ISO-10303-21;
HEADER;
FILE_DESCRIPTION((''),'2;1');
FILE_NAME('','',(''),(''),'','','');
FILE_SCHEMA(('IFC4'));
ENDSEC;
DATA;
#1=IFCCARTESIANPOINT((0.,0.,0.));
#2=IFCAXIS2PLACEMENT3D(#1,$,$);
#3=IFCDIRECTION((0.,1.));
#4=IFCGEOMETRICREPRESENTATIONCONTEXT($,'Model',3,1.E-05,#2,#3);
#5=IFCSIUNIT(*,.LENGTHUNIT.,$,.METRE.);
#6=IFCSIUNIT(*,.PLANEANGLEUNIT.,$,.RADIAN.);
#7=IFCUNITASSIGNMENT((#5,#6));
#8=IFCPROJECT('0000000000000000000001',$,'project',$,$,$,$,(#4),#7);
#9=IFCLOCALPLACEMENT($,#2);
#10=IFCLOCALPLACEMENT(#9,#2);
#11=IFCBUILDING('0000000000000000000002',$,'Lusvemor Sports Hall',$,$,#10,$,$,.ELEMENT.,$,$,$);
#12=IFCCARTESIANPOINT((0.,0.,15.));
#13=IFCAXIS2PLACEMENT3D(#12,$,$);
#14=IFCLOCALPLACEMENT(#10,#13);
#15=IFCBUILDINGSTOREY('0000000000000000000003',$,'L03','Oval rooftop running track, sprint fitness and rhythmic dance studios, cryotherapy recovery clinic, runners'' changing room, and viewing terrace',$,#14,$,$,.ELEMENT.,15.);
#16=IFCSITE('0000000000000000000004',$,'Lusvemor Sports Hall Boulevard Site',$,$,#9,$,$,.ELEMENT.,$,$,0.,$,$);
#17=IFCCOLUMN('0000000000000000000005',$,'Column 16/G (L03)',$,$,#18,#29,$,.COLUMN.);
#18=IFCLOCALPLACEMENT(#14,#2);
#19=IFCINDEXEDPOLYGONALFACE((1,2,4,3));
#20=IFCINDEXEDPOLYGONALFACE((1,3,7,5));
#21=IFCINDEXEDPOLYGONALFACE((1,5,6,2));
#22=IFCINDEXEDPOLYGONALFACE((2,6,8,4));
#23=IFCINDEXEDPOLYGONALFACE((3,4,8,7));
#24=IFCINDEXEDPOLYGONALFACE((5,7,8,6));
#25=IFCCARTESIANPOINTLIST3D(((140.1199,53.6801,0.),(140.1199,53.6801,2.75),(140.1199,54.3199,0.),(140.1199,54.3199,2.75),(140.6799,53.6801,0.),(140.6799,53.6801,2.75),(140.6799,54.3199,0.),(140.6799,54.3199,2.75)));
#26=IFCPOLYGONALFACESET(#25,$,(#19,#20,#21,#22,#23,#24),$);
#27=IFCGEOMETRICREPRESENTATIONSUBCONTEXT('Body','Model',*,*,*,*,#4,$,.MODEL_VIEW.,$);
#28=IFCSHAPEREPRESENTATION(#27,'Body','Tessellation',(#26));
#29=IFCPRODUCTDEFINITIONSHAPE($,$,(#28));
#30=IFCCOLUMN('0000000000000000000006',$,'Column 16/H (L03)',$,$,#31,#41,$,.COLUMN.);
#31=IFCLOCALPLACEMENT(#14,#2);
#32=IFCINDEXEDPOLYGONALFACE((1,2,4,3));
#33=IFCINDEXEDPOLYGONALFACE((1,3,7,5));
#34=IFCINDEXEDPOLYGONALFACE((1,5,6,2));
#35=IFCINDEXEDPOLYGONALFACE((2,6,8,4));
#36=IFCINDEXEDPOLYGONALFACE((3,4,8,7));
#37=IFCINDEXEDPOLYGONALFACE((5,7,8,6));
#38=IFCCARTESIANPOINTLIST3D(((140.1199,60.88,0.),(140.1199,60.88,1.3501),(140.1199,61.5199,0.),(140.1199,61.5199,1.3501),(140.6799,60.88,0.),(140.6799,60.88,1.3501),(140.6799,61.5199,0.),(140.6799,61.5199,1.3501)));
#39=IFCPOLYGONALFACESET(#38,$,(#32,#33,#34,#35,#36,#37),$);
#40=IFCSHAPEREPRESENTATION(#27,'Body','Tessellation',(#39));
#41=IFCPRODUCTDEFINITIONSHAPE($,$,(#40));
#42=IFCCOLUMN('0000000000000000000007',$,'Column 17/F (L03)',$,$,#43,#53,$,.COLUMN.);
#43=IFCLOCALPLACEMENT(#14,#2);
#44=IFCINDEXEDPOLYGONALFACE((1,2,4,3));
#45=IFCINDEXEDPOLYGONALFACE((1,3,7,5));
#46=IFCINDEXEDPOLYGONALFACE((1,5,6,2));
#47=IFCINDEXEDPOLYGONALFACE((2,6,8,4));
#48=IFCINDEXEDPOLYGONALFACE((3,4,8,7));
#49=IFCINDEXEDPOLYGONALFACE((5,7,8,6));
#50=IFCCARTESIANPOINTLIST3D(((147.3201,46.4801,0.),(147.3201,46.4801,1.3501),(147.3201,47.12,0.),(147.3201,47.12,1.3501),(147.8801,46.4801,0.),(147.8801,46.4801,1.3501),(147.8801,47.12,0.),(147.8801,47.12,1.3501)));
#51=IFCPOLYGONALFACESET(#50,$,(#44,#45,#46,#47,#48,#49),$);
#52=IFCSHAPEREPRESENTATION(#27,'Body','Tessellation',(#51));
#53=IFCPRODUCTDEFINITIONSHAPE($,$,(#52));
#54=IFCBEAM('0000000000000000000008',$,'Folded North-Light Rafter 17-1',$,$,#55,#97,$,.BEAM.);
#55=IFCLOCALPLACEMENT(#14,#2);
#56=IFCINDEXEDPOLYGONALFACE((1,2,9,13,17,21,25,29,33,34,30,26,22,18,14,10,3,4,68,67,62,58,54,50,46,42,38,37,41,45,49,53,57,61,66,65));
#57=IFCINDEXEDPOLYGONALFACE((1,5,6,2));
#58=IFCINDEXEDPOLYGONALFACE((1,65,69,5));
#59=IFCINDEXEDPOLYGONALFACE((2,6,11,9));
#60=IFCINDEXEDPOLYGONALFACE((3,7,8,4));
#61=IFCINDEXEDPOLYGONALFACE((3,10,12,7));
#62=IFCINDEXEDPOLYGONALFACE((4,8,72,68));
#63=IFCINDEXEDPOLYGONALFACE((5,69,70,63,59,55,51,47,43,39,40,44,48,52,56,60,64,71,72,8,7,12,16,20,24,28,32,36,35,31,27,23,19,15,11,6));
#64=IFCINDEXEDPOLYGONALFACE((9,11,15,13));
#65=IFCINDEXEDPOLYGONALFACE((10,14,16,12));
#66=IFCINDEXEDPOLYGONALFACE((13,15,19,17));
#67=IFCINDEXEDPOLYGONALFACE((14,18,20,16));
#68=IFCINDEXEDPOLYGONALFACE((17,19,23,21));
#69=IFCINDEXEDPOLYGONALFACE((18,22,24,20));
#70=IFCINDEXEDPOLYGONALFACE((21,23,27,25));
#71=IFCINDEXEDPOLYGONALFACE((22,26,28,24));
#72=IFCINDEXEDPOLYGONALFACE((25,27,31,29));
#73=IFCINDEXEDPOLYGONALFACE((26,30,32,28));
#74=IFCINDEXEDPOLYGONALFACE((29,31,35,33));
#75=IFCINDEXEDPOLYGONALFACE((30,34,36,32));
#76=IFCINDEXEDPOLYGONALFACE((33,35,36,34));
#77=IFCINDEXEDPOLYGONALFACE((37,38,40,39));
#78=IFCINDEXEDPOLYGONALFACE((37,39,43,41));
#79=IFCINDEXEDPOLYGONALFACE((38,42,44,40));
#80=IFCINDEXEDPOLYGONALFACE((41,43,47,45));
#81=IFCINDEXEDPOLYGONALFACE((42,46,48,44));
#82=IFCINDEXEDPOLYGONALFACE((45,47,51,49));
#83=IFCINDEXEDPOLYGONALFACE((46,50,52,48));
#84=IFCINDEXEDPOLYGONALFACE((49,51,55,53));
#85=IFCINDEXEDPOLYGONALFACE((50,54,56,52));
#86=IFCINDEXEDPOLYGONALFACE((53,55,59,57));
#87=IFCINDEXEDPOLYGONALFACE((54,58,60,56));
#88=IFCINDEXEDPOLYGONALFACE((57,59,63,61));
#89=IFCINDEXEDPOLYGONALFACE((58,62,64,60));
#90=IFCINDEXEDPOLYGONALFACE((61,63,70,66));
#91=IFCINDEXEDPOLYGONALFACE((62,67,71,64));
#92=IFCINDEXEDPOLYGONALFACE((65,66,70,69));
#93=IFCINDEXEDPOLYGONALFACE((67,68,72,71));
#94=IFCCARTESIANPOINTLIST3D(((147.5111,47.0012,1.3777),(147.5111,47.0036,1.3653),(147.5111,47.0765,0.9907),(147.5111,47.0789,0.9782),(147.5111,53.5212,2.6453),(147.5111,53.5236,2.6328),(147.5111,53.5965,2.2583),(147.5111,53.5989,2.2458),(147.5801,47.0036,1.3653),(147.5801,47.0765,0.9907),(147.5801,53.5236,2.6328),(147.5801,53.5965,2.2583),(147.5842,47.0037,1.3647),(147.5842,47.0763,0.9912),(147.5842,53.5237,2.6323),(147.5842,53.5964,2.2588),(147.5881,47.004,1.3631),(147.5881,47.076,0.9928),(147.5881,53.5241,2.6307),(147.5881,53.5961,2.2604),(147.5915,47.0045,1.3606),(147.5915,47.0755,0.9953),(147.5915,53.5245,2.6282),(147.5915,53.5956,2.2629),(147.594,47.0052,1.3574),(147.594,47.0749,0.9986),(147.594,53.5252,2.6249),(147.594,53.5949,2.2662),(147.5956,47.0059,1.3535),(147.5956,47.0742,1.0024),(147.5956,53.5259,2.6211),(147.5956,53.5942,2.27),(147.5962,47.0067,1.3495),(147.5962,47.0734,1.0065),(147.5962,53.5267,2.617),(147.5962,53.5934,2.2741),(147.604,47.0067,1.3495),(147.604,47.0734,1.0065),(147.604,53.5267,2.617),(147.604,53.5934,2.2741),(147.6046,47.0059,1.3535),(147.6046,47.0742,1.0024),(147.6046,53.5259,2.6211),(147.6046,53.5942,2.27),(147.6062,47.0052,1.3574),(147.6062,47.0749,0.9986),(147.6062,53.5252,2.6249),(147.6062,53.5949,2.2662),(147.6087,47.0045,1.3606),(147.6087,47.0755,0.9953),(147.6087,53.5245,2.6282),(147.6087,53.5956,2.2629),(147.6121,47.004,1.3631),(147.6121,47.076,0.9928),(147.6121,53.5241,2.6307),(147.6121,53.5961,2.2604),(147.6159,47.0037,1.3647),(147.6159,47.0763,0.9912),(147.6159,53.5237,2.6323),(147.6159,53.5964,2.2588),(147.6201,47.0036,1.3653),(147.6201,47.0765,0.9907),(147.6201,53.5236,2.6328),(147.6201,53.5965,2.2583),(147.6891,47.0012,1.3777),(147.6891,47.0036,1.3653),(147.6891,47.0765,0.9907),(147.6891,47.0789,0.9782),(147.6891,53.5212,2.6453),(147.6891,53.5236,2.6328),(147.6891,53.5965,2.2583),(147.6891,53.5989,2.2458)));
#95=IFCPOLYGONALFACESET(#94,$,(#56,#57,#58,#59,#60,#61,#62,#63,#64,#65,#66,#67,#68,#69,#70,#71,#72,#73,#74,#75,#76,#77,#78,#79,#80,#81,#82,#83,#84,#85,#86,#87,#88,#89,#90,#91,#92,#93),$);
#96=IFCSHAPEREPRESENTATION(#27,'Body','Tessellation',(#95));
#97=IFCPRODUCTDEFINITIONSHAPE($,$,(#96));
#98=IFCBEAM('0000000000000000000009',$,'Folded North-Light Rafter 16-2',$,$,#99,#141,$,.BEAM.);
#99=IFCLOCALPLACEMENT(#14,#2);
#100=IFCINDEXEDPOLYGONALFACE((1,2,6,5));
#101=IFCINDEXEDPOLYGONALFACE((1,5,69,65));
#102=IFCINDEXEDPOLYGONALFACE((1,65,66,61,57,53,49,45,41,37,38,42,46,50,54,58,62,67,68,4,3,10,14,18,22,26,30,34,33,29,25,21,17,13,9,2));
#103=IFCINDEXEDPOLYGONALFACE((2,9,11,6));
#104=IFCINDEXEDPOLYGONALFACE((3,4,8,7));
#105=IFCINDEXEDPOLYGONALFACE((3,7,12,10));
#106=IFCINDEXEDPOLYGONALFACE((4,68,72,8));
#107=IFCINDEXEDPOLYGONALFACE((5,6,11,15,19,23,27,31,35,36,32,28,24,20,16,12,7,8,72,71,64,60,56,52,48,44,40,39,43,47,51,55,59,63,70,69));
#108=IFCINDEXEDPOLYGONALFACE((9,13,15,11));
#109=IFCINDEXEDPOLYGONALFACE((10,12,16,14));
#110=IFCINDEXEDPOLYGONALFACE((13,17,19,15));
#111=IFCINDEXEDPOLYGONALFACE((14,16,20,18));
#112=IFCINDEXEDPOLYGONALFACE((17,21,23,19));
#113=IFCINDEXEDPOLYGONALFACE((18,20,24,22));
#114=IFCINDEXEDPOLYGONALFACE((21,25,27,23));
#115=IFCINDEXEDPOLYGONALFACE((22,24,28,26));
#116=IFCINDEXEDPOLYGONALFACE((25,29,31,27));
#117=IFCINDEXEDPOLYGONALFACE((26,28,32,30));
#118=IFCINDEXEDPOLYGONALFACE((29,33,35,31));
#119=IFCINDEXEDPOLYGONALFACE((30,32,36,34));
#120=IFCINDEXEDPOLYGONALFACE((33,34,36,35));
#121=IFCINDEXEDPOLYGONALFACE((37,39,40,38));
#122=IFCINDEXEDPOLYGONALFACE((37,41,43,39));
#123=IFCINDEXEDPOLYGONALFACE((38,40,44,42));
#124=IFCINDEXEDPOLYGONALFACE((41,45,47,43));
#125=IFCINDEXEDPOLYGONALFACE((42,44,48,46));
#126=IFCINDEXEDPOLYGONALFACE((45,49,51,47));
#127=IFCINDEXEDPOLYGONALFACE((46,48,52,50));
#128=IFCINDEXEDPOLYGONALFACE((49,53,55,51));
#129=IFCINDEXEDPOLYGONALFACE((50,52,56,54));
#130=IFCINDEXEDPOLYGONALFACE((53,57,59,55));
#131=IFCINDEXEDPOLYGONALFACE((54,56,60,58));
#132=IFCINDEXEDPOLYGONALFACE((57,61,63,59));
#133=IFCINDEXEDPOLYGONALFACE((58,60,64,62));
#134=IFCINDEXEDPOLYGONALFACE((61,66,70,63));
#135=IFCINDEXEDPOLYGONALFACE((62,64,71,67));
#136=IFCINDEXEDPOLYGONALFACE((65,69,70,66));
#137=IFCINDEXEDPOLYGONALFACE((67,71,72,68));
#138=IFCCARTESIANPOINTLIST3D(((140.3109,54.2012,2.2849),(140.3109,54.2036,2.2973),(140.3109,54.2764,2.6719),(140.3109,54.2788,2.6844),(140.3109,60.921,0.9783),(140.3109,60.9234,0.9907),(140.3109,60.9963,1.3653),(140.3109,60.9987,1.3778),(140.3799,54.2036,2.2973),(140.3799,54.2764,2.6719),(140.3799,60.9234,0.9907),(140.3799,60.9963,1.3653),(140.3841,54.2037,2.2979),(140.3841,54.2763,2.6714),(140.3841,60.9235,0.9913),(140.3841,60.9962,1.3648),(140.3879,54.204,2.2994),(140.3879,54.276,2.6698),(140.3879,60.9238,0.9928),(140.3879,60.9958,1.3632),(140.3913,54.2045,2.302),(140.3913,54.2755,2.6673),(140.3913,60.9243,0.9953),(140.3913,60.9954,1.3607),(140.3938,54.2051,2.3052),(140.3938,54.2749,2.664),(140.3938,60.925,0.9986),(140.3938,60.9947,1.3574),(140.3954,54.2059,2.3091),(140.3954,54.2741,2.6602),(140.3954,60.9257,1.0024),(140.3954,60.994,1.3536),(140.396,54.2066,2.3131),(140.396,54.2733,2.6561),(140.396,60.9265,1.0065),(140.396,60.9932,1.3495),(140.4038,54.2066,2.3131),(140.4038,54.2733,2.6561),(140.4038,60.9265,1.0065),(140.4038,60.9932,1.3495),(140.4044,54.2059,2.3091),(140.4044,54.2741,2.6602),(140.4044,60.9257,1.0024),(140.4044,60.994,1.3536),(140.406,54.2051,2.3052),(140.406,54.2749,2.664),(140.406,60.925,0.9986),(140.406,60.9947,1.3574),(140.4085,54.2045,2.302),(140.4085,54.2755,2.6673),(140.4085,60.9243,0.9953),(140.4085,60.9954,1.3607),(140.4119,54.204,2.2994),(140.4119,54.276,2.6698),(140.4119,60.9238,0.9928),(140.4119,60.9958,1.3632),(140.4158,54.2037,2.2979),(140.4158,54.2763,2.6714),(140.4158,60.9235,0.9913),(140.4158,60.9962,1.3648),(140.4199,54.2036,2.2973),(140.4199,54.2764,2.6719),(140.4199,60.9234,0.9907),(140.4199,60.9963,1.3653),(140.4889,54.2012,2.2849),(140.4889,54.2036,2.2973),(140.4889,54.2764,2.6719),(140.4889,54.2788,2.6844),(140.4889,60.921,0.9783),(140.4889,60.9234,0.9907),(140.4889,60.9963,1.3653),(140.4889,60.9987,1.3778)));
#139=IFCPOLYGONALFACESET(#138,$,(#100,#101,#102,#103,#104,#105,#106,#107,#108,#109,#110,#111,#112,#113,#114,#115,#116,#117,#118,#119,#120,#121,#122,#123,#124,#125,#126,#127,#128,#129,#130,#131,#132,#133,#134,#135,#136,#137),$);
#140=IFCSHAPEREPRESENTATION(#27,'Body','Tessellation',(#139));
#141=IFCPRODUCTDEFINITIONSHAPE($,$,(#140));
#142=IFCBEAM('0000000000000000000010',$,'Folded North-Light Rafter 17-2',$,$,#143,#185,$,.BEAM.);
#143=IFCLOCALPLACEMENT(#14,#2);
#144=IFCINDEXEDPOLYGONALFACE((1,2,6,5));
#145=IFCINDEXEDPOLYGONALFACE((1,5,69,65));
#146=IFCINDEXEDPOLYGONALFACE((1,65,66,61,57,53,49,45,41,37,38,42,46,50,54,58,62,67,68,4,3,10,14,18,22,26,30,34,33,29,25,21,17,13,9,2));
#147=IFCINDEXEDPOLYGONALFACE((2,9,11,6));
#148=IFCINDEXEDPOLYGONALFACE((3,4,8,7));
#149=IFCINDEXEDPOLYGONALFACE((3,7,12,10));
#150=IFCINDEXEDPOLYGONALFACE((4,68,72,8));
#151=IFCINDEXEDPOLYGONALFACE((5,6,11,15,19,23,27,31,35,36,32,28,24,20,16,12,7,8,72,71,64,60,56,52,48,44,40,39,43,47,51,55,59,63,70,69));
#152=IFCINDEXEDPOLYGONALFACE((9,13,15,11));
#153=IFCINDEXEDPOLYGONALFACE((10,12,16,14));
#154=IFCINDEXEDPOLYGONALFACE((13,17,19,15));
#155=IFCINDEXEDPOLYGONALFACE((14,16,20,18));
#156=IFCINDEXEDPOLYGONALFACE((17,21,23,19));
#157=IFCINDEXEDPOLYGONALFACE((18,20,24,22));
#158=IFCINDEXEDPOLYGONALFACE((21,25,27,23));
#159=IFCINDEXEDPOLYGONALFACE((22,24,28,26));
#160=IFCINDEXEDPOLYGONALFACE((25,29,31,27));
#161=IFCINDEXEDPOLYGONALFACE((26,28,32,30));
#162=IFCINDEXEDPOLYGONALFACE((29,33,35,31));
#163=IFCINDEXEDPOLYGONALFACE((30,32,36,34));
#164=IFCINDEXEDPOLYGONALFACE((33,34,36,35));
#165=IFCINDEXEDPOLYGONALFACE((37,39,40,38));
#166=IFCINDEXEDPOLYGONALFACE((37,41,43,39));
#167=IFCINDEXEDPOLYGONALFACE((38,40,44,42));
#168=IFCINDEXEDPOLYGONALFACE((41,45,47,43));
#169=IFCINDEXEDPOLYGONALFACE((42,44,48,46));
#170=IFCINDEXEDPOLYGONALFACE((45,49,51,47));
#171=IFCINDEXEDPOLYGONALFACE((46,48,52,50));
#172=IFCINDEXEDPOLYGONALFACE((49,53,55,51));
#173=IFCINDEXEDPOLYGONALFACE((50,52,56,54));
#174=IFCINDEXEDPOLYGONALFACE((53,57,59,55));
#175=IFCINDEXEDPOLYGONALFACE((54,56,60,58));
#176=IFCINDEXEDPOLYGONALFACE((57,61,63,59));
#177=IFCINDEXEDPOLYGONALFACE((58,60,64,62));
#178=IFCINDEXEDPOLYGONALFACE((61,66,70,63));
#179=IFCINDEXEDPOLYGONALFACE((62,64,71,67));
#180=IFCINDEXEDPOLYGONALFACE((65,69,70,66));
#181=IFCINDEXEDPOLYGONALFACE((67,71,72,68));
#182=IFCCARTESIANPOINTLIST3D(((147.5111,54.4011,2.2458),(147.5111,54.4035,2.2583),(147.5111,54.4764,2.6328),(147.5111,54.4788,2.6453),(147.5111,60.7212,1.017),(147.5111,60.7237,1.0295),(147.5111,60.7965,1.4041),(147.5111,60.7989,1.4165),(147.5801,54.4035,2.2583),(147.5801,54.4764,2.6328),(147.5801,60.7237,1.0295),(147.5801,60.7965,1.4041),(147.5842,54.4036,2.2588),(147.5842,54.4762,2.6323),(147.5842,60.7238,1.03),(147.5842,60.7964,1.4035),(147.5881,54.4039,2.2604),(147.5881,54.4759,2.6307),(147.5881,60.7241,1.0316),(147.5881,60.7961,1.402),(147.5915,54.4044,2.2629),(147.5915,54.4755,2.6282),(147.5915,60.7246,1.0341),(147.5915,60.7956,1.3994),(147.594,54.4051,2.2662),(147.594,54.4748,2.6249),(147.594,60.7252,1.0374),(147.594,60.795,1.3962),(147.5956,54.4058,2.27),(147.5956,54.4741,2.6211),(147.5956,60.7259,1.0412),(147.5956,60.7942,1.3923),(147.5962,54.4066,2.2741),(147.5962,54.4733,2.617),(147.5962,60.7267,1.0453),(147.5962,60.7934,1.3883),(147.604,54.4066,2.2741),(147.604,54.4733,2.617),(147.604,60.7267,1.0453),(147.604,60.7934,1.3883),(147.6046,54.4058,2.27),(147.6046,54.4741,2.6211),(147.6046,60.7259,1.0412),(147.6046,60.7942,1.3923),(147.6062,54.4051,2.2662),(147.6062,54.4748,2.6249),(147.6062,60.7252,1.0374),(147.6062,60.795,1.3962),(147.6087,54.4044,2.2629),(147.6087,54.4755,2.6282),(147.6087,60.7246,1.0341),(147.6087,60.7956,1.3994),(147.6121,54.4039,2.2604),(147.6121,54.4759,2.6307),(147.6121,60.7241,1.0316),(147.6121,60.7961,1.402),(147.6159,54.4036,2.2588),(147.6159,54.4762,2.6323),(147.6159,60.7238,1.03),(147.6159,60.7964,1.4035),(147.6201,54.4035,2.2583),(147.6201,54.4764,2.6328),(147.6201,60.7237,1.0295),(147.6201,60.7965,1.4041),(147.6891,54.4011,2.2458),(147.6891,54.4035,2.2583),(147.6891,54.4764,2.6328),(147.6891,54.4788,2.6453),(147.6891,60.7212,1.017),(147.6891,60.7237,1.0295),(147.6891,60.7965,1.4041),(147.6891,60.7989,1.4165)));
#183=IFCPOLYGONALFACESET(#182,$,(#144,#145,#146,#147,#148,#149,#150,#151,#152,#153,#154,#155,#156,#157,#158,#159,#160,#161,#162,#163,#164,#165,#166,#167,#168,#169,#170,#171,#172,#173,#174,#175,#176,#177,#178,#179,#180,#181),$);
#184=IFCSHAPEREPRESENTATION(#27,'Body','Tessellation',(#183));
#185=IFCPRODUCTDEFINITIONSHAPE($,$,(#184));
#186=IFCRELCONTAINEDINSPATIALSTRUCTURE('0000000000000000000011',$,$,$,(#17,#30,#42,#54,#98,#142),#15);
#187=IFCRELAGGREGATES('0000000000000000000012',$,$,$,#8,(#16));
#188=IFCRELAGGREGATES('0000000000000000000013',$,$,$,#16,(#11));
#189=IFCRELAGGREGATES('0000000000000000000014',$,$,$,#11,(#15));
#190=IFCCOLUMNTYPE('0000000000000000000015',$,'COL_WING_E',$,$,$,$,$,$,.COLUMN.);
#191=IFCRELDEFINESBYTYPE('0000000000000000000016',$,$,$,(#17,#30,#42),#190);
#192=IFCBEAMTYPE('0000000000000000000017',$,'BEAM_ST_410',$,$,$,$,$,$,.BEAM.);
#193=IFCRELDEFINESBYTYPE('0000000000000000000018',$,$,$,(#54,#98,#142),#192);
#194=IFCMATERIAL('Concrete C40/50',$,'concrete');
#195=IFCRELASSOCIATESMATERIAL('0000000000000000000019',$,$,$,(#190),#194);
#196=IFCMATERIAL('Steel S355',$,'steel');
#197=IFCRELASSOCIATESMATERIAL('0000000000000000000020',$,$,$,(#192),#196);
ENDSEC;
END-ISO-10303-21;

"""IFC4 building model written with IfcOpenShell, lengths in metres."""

from ifc_helpers import new_model, si_unit, direction, frame, origin, origin_2d, place, context, subcontext, project, spatial, rectangle, i_section, extrude, material, material_profile, profile_set, type_object, element, save


model = new_model("IFC4")

# Units and contexts
model_context = context("Model", 3, precision=1e-05, world=origin(), true_north=direction((0.0, 1.0)))
body_context = subcontext(model_context, "Body", "Model", "MODEL_VIEW")
ifc_project = project(units=[si_unit("LENGTHUNIT", "METRE"), si_unit("PLANEANGLEUNIT", "RADIAN")], contexts=[model_context])

# Site, building, storey
site_placement = place(None, origin())
site = spatial("IfcSite", under=ifc_project, at=site_placement, Name="Lusvemor Sports Hall Boulevard Site", CompositionType="ELEMENT", RefElevation=0.0)
building_placement = place(site_placement, origin())
building = spatial("IfcBuilding", under=site, at=building_placement, Name="Lusvemor Sports Hall", CompositionType="ELEMENT")
storey_placement = place(building_placement, frame((0.0, 0.0, 15.0)))
storey = spatial("IfcBuildingStorey", under=building, at=storey_placement, Name="L03", Description="Oval rooftop running track, sprint fitness and rhythmic dance studios, cryotherapy recovery clinic, runners' changing room, and viewing terrace", CompositionType="ELEMENT", Elevation=15.0)

# Columns
ifc_material_1 = material(Name="Concrete C40/50", Category="concrete")
ifc_material_profile_1 = material_profile(ifc_material_1, rectangle(XDim=0.5601, YDim=0.6399, at=origin_2d()), Name="RC560x640")
ifc_profile_set_1 = profile_set([ifc_material_profile_1], Name="Concrete C40/50")
column_type = type_object("IfcColumnType", Name="COL_WING_E", PredefinedType="COLUMN", material=ifc_profile_set_1)
column_placement = place(storey_placement, frame((140.3999, 54.0, 0.0), z_axis=(0.0, 0.0, 1.0), x_axis=(1.0, 0.0, 0.0)))
element("IfcColumn", 1, at=column_placement, inside=storey, type_object=column_type, Name="Column 16/G (L03)", PredefinedType="COLUMN", context=body_context, shape_type="SweptSolid", body=[
    extrude(rectangle(XDim=0.5601, YDim=0.6399, at=origin_2d()), origin(), (0.0, 0.0, 1.0), 2.75),
])
for number, where, z_axis, x_axis, name in (
    (2, (140.3999, 61.2, 0.0), (0.0, 0.0, 1.0), (1.0, 0.0, 0.0), "Column 16/H (L03)"),
    (3, (147.6001, 46.8, 0.0), (0.0, 0.0, 1.0), (1.0, 0.0, 0.0), "Column 17/F (L03)"),
):
    element("IfcColumn", number, at=place(storey_placement, frame(where, z_axis=z_axis, x_axis=x_axis)), inside=storey, type_object=column_type, Name=name, PredefinedType="COLUMN", context=body_context, shape_type="SweptSolid", body=[
        extrude(rectangle(XDim=0.5601, YDim=0.6399, at=origin_2d()), origin(), (0.0, 0.0, 1.0), 1.3501),
    ])

# Beams
ifc_material_2 = material(Name="Steel S355", Category="steel")
ifc_material_profile_2 = material_profile(ifc_material_2, i_section(OverallWidth=0.178, OverallDepth=0.407, WebThickness=0.0078, FlangeThickness=0.0127, FilletRadius=0.0161, at=origin_2d()), Name="W410x60.0")
ifc_profile_set_2 = profile_set([ifc_material_profile_2], Name="Steel S355")
beam_type_1 = type_object("IfcBeamType", Name="BEAM_ST_410", PredefinedType="BEAM", material=ifc_profile_set_2)
beam_1_placement = place(storey_placement, frame((147.6001, 47.04, 1.178), z_axis=(0.0, 0.981621, 0.19084), x_axis=(-1.0, 0.0, 0.0)))
element("IfcBeam", 4, at=beam_1_placement, inside=storey, type_object=beam_type_1, Name="Folded North-Light Rafter 17-1", PredefinedType="BEAM", context=body_context, shape_type="SweptSolid", body=[
    extrude(i_section(OverallWidth=0.178, OverallDepth=0.407, WebThickness=0.0078, FlangeThickness=0.0127, FilletRadius=0.0161, at=origin_2d()), origin(), (0.0, 0.0, 1.0), 6.6421),
])
beam_2_placement = place(storey_placement, frame((140.3999, 54.24, 2.4846), z_axis=(0.0, 0.981616, -0.190867), x_axis=(-1.0, 0.0, 0.0)))
element("IfcBeam", 5, at=beam_2_placement, inside=storey, type_object=beam_type_1, Name="Folded North-Light Rafter 16-2", PredefinedType="BEAM", context=body_context, shape_type="SweptSolid", body=[
    extrude(i_section(OverallWidth=0.178, OverallDepth=0.407, WebThickness=0.0078, FlangeThickness=0.0127, FilletRadius=0.0161, at=origin_2d()), origin(), (0.0, 0.0, 1.0), 6.8457),
])
beam_3_placement = place(storey_placement, frame((147.6001, 54.4399, 2.4456), z_axis=(0.0, 0.98162, -0.190848), x_axis=(-1.0, 0.0, 0.0)))
element("IfcBeam", 6, at=beam_3_placement, inside=storey, type_object=beam_type_1, Name="Folded North-Light Rafter 17-2", PredefinedType="BEAM", context=body_context, shape_type="SweptSolid", body=[
    extrude(i_section(OverallWidth=0.178, OverallDepth=0.407, WebThickness=0.0078, FlangeThickness=0.0127, FilletRadius=0.0161, at=origin_2d()), origin(), (0.0, 0.0, 1.0), 6.4385),
])

save(model, "model.ifc")
